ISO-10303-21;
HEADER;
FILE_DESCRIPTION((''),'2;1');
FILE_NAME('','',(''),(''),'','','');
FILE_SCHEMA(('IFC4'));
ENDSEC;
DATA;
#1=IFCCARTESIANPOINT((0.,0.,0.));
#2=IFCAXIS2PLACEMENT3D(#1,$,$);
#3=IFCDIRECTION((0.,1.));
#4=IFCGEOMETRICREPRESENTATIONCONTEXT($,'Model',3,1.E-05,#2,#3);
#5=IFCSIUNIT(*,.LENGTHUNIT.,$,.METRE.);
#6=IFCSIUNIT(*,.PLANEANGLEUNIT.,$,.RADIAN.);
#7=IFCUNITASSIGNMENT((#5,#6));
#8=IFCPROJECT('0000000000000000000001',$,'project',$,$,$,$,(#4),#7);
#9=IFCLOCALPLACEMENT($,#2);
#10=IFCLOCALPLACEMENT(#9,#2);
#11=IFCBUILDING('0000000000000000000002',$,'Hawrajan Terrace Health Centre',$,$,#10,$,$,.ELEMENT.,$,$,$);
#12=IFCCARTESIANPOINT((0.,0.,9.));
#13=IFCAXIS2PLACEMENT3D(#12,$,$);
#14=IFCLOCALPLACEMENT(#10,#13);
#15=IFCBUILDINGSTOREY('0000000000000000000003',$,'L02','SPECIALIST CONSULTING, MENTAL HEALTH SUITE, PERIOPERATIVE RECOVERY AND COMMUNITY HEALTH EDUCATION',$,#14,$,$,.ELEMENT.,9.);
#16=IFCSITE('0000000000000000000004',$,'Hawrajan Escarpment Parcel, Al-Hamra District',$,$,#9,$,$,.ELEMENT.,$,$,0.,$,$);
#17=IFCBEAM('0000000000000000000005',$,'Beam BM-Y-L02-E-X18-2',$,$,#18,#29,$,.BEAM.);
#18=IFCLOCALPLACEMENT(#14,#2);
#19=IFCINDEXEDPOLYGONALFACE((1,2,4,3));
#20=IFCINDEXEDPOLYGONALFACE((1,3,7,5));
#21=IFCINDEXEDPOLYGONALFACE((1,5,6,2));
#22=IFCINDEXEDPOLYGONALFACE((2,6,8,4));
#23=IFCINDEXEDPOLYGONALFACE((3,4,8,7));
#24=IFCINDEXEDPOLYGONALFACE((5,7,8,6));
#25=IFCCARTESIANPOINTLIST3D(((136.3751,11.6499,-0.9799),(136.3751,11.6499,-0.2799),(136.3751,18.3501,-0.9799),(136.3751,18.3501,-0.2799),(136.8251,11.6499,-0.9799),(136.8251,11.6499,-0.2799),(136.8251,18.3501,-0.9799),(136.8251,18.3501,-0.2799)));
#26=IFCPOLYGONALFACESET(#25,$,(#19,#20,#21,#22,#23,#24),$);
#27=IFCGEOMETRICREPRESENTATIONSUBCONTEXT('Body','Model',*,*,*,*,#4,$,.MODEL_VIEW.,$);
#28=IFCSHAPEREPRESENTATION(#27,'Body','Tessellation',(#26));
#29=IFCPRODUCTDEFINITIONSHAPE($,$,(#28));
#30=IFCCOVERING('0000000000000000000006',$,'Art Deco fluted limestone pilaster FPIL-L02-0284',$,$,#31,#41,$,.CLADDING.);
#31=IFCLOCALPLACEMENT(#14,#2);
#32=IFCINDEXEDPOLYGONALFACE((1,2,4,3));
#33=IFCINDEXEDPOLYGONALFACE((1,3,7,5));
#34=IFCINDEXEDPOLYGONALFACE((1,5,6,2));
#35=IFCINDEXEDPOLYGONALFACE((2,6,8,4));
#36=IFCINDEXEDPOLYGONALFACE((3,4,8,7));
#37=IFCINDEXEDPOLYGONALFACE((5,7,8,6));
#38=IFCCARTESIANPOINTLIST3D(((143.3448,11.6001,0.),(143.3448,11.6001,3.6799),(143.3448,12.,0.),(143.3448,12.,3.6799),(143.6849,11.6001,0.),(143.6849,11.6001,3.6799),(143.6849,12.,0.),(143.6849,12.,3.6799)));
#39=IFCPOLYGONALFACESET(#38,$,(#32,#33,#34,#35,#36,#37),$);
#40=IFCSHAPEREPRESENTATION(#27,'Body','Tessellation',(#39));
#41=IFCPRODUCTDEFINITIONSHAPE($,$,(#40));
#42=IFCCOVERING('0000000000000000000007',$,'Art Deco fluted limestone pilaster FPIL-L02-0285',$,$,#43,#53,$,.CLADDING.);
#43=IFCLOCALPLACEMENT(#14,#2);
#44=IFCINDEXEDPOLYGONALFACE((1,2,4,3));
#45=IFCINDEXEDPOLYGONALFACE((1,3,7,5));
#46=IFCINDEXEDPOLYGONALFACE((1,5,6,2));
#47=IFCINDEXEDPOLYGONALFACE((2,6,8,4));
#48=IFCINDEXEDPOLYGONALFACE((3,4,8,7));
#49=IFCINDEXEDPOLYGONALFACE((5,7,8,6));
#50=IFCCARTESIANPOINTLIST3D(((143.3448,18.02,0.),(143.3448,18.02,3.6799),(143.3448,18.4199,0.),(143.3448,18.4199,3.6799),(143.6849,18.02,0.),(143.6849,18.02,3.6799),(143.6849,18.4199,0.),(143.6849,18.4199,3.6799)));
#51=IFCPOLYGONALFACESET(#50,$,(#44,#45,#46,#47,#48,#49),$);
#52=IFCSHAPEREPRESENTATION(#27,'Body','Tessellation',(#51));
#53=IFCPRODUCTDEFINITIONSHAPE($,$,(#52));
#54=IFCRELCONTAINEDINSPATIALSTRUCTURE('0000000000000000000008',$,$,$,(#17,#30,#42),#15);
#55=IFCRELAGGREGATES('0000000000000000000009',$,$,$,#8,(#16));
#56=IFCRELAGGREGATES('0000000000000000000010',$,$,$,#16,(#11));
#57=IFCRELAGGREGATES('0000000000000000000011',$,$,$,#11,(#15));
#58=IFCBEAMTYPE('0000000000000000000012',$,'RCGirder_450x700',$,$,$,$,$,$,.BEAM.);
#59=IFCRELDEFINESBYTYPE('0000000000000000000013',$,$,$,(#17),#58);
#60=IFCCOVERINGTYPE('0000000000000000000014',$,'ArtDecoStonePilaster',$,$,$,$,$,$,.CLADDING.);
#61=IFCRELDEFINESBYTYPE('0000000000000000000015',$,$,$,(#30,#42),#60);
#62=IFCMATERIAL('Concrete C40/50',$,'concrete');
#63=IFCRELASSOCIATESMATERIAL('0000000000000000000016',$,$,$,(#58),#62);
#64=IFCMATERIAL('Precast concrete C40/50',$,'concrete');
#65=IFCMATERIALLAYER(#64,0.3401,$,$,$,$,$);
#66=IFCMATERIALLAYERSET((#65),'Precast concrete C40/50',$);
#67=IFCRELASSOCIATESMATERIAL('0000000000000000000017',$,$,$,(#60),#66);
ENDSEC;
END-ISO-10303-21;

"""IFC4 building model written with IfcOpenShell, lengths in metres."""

from ifc_helpers import new_model, si_unit, direction, frame, origin, origin_2d, place, context, subcontext, project, spatial, rectangle, extrude, material, layer, layer_set, material_profile, profile_set, type_object, element, save


model = new_model("IFC4")

# Units and contexts
model_context = context("Model", 3, precision=1e-05, world=origin(), true_north=direction((0.0, 1.0)))
body_context = subcontext(model_context, "Body", "Model", "MODEL_VIEW")
ifc_project = project(units=[si_unit("LENGTHUNIT", "METRE"), si_unit("PLANEANGLEUNIT", "RADIAN")], contexts=[model_context])

# Site, building, storey
site_placement = place(None, origin())
site = spatial("IfcSite", under=ifc_project, at=site_placement, Name="Hawrajan Escarpment Parcel, Al-Hamra District", CompositionType="ELEMENT", RefElevation=0.0)
building_placement = place(site_placement, origin())
building = spatial("IfcBuilding", under=site, at=building_placement, Name="Hawrajan Terrace Health Centre", CompositionType="ELEMENT")
storey_placement = place(building_placement, frame((0.0, 0.0, 9.0)))
storey = spatial("IfcBuildingStorey", under=building, at=storey_placement, Name="L02", Description="SPECIALIST CONSULTING, MENTAL HEALTH SUITE, PERIOPERATIVE RECOVERY AND COMMUNITY HEALTH EDUCATION", CompositionType="ELEMENT", Elevation=9.0)

# Beam
ifc_material_1 = material(Name="Concrete C40/50", Category="concrete")
ifc_material_profile_1 = material_profile(ifc_material_1, rectangle(XDim=0.45, YDim=0.7, at=origin_2d()), Name="RC BM 450x700")
ifc_profile_set_1 = profile_set([ifc_material_profile_1], Name="Concrete C40/50")
beam_type_1 = type_object("IfcBeamType", Name="RCGirder_450x700", PredefinedType="BEAM", material=ifc_profile_set_1)
beam_placement = place(storey_placement, frame((136.6001, 11.6499, -0.6299), z_axis=(0.0, 1.0, 0.0), x_axis=(-1.0, 0.0, 0.0)))
element("IfcBeam", 1, at=beam_placement, inside=storey, type_object=beam_type_1, Name="Beam BM-Y-L02-E-X18-2", PredefinedType="BEAM", context=body_context, shape_type="SweptSolid", body=[
    extrude(rectangle(XDim=0.45, YDim=0.7, at=origin_2d()), origin(), (0.0, 0.0, 1.0), 6.7002),
])

# Coverings
ifc_material_2 = material(Name="Precast concrete C40/50", Category="concrete")
ifc_layer = layer(ifc_material_2, 0.3401)
ifc_layer_set = layer_set([ifc_layer], Name="Precast concrete C40/50")
covering_type = type_object("IfcCoveringType", Name="ArtDecoStonePilaster", PredefinedType="CLADDING", material=ifc_layer_set)
for number, where, z_axis, x_axis, name in (
    (2, (143.5149, 11.8, 0.0), (0.0, 0.0, 1.0), (0.0, 1.0, 0.0), "Art Deco fluted limestone pilaster FPIL-L02-0284"),
    (3, (143.5149, 18.22, 0.0), (0.0, 0.0, 1.0), (0.0, 1.0, 0.0), "Art Deco fluted limestone pilaster FPIL-L02-0285"),
):
    element("IfcCovering", number, at=place(storey_placement, frame(where, z_axis=z_axis, x_axis=x_axis)), inside=storey, type_object=covering_type, Name=name, PredefinedType="CLADDING", context=body_context, shape_type="SweptSolid", body=[
        extrude(rectangle(XDim=0.3999, YDim=0.3401, at=origin_2d()), origin(), (0.0, 0.0, 1.0), 3.6799),
    ])

save(model, "model.ifc")
